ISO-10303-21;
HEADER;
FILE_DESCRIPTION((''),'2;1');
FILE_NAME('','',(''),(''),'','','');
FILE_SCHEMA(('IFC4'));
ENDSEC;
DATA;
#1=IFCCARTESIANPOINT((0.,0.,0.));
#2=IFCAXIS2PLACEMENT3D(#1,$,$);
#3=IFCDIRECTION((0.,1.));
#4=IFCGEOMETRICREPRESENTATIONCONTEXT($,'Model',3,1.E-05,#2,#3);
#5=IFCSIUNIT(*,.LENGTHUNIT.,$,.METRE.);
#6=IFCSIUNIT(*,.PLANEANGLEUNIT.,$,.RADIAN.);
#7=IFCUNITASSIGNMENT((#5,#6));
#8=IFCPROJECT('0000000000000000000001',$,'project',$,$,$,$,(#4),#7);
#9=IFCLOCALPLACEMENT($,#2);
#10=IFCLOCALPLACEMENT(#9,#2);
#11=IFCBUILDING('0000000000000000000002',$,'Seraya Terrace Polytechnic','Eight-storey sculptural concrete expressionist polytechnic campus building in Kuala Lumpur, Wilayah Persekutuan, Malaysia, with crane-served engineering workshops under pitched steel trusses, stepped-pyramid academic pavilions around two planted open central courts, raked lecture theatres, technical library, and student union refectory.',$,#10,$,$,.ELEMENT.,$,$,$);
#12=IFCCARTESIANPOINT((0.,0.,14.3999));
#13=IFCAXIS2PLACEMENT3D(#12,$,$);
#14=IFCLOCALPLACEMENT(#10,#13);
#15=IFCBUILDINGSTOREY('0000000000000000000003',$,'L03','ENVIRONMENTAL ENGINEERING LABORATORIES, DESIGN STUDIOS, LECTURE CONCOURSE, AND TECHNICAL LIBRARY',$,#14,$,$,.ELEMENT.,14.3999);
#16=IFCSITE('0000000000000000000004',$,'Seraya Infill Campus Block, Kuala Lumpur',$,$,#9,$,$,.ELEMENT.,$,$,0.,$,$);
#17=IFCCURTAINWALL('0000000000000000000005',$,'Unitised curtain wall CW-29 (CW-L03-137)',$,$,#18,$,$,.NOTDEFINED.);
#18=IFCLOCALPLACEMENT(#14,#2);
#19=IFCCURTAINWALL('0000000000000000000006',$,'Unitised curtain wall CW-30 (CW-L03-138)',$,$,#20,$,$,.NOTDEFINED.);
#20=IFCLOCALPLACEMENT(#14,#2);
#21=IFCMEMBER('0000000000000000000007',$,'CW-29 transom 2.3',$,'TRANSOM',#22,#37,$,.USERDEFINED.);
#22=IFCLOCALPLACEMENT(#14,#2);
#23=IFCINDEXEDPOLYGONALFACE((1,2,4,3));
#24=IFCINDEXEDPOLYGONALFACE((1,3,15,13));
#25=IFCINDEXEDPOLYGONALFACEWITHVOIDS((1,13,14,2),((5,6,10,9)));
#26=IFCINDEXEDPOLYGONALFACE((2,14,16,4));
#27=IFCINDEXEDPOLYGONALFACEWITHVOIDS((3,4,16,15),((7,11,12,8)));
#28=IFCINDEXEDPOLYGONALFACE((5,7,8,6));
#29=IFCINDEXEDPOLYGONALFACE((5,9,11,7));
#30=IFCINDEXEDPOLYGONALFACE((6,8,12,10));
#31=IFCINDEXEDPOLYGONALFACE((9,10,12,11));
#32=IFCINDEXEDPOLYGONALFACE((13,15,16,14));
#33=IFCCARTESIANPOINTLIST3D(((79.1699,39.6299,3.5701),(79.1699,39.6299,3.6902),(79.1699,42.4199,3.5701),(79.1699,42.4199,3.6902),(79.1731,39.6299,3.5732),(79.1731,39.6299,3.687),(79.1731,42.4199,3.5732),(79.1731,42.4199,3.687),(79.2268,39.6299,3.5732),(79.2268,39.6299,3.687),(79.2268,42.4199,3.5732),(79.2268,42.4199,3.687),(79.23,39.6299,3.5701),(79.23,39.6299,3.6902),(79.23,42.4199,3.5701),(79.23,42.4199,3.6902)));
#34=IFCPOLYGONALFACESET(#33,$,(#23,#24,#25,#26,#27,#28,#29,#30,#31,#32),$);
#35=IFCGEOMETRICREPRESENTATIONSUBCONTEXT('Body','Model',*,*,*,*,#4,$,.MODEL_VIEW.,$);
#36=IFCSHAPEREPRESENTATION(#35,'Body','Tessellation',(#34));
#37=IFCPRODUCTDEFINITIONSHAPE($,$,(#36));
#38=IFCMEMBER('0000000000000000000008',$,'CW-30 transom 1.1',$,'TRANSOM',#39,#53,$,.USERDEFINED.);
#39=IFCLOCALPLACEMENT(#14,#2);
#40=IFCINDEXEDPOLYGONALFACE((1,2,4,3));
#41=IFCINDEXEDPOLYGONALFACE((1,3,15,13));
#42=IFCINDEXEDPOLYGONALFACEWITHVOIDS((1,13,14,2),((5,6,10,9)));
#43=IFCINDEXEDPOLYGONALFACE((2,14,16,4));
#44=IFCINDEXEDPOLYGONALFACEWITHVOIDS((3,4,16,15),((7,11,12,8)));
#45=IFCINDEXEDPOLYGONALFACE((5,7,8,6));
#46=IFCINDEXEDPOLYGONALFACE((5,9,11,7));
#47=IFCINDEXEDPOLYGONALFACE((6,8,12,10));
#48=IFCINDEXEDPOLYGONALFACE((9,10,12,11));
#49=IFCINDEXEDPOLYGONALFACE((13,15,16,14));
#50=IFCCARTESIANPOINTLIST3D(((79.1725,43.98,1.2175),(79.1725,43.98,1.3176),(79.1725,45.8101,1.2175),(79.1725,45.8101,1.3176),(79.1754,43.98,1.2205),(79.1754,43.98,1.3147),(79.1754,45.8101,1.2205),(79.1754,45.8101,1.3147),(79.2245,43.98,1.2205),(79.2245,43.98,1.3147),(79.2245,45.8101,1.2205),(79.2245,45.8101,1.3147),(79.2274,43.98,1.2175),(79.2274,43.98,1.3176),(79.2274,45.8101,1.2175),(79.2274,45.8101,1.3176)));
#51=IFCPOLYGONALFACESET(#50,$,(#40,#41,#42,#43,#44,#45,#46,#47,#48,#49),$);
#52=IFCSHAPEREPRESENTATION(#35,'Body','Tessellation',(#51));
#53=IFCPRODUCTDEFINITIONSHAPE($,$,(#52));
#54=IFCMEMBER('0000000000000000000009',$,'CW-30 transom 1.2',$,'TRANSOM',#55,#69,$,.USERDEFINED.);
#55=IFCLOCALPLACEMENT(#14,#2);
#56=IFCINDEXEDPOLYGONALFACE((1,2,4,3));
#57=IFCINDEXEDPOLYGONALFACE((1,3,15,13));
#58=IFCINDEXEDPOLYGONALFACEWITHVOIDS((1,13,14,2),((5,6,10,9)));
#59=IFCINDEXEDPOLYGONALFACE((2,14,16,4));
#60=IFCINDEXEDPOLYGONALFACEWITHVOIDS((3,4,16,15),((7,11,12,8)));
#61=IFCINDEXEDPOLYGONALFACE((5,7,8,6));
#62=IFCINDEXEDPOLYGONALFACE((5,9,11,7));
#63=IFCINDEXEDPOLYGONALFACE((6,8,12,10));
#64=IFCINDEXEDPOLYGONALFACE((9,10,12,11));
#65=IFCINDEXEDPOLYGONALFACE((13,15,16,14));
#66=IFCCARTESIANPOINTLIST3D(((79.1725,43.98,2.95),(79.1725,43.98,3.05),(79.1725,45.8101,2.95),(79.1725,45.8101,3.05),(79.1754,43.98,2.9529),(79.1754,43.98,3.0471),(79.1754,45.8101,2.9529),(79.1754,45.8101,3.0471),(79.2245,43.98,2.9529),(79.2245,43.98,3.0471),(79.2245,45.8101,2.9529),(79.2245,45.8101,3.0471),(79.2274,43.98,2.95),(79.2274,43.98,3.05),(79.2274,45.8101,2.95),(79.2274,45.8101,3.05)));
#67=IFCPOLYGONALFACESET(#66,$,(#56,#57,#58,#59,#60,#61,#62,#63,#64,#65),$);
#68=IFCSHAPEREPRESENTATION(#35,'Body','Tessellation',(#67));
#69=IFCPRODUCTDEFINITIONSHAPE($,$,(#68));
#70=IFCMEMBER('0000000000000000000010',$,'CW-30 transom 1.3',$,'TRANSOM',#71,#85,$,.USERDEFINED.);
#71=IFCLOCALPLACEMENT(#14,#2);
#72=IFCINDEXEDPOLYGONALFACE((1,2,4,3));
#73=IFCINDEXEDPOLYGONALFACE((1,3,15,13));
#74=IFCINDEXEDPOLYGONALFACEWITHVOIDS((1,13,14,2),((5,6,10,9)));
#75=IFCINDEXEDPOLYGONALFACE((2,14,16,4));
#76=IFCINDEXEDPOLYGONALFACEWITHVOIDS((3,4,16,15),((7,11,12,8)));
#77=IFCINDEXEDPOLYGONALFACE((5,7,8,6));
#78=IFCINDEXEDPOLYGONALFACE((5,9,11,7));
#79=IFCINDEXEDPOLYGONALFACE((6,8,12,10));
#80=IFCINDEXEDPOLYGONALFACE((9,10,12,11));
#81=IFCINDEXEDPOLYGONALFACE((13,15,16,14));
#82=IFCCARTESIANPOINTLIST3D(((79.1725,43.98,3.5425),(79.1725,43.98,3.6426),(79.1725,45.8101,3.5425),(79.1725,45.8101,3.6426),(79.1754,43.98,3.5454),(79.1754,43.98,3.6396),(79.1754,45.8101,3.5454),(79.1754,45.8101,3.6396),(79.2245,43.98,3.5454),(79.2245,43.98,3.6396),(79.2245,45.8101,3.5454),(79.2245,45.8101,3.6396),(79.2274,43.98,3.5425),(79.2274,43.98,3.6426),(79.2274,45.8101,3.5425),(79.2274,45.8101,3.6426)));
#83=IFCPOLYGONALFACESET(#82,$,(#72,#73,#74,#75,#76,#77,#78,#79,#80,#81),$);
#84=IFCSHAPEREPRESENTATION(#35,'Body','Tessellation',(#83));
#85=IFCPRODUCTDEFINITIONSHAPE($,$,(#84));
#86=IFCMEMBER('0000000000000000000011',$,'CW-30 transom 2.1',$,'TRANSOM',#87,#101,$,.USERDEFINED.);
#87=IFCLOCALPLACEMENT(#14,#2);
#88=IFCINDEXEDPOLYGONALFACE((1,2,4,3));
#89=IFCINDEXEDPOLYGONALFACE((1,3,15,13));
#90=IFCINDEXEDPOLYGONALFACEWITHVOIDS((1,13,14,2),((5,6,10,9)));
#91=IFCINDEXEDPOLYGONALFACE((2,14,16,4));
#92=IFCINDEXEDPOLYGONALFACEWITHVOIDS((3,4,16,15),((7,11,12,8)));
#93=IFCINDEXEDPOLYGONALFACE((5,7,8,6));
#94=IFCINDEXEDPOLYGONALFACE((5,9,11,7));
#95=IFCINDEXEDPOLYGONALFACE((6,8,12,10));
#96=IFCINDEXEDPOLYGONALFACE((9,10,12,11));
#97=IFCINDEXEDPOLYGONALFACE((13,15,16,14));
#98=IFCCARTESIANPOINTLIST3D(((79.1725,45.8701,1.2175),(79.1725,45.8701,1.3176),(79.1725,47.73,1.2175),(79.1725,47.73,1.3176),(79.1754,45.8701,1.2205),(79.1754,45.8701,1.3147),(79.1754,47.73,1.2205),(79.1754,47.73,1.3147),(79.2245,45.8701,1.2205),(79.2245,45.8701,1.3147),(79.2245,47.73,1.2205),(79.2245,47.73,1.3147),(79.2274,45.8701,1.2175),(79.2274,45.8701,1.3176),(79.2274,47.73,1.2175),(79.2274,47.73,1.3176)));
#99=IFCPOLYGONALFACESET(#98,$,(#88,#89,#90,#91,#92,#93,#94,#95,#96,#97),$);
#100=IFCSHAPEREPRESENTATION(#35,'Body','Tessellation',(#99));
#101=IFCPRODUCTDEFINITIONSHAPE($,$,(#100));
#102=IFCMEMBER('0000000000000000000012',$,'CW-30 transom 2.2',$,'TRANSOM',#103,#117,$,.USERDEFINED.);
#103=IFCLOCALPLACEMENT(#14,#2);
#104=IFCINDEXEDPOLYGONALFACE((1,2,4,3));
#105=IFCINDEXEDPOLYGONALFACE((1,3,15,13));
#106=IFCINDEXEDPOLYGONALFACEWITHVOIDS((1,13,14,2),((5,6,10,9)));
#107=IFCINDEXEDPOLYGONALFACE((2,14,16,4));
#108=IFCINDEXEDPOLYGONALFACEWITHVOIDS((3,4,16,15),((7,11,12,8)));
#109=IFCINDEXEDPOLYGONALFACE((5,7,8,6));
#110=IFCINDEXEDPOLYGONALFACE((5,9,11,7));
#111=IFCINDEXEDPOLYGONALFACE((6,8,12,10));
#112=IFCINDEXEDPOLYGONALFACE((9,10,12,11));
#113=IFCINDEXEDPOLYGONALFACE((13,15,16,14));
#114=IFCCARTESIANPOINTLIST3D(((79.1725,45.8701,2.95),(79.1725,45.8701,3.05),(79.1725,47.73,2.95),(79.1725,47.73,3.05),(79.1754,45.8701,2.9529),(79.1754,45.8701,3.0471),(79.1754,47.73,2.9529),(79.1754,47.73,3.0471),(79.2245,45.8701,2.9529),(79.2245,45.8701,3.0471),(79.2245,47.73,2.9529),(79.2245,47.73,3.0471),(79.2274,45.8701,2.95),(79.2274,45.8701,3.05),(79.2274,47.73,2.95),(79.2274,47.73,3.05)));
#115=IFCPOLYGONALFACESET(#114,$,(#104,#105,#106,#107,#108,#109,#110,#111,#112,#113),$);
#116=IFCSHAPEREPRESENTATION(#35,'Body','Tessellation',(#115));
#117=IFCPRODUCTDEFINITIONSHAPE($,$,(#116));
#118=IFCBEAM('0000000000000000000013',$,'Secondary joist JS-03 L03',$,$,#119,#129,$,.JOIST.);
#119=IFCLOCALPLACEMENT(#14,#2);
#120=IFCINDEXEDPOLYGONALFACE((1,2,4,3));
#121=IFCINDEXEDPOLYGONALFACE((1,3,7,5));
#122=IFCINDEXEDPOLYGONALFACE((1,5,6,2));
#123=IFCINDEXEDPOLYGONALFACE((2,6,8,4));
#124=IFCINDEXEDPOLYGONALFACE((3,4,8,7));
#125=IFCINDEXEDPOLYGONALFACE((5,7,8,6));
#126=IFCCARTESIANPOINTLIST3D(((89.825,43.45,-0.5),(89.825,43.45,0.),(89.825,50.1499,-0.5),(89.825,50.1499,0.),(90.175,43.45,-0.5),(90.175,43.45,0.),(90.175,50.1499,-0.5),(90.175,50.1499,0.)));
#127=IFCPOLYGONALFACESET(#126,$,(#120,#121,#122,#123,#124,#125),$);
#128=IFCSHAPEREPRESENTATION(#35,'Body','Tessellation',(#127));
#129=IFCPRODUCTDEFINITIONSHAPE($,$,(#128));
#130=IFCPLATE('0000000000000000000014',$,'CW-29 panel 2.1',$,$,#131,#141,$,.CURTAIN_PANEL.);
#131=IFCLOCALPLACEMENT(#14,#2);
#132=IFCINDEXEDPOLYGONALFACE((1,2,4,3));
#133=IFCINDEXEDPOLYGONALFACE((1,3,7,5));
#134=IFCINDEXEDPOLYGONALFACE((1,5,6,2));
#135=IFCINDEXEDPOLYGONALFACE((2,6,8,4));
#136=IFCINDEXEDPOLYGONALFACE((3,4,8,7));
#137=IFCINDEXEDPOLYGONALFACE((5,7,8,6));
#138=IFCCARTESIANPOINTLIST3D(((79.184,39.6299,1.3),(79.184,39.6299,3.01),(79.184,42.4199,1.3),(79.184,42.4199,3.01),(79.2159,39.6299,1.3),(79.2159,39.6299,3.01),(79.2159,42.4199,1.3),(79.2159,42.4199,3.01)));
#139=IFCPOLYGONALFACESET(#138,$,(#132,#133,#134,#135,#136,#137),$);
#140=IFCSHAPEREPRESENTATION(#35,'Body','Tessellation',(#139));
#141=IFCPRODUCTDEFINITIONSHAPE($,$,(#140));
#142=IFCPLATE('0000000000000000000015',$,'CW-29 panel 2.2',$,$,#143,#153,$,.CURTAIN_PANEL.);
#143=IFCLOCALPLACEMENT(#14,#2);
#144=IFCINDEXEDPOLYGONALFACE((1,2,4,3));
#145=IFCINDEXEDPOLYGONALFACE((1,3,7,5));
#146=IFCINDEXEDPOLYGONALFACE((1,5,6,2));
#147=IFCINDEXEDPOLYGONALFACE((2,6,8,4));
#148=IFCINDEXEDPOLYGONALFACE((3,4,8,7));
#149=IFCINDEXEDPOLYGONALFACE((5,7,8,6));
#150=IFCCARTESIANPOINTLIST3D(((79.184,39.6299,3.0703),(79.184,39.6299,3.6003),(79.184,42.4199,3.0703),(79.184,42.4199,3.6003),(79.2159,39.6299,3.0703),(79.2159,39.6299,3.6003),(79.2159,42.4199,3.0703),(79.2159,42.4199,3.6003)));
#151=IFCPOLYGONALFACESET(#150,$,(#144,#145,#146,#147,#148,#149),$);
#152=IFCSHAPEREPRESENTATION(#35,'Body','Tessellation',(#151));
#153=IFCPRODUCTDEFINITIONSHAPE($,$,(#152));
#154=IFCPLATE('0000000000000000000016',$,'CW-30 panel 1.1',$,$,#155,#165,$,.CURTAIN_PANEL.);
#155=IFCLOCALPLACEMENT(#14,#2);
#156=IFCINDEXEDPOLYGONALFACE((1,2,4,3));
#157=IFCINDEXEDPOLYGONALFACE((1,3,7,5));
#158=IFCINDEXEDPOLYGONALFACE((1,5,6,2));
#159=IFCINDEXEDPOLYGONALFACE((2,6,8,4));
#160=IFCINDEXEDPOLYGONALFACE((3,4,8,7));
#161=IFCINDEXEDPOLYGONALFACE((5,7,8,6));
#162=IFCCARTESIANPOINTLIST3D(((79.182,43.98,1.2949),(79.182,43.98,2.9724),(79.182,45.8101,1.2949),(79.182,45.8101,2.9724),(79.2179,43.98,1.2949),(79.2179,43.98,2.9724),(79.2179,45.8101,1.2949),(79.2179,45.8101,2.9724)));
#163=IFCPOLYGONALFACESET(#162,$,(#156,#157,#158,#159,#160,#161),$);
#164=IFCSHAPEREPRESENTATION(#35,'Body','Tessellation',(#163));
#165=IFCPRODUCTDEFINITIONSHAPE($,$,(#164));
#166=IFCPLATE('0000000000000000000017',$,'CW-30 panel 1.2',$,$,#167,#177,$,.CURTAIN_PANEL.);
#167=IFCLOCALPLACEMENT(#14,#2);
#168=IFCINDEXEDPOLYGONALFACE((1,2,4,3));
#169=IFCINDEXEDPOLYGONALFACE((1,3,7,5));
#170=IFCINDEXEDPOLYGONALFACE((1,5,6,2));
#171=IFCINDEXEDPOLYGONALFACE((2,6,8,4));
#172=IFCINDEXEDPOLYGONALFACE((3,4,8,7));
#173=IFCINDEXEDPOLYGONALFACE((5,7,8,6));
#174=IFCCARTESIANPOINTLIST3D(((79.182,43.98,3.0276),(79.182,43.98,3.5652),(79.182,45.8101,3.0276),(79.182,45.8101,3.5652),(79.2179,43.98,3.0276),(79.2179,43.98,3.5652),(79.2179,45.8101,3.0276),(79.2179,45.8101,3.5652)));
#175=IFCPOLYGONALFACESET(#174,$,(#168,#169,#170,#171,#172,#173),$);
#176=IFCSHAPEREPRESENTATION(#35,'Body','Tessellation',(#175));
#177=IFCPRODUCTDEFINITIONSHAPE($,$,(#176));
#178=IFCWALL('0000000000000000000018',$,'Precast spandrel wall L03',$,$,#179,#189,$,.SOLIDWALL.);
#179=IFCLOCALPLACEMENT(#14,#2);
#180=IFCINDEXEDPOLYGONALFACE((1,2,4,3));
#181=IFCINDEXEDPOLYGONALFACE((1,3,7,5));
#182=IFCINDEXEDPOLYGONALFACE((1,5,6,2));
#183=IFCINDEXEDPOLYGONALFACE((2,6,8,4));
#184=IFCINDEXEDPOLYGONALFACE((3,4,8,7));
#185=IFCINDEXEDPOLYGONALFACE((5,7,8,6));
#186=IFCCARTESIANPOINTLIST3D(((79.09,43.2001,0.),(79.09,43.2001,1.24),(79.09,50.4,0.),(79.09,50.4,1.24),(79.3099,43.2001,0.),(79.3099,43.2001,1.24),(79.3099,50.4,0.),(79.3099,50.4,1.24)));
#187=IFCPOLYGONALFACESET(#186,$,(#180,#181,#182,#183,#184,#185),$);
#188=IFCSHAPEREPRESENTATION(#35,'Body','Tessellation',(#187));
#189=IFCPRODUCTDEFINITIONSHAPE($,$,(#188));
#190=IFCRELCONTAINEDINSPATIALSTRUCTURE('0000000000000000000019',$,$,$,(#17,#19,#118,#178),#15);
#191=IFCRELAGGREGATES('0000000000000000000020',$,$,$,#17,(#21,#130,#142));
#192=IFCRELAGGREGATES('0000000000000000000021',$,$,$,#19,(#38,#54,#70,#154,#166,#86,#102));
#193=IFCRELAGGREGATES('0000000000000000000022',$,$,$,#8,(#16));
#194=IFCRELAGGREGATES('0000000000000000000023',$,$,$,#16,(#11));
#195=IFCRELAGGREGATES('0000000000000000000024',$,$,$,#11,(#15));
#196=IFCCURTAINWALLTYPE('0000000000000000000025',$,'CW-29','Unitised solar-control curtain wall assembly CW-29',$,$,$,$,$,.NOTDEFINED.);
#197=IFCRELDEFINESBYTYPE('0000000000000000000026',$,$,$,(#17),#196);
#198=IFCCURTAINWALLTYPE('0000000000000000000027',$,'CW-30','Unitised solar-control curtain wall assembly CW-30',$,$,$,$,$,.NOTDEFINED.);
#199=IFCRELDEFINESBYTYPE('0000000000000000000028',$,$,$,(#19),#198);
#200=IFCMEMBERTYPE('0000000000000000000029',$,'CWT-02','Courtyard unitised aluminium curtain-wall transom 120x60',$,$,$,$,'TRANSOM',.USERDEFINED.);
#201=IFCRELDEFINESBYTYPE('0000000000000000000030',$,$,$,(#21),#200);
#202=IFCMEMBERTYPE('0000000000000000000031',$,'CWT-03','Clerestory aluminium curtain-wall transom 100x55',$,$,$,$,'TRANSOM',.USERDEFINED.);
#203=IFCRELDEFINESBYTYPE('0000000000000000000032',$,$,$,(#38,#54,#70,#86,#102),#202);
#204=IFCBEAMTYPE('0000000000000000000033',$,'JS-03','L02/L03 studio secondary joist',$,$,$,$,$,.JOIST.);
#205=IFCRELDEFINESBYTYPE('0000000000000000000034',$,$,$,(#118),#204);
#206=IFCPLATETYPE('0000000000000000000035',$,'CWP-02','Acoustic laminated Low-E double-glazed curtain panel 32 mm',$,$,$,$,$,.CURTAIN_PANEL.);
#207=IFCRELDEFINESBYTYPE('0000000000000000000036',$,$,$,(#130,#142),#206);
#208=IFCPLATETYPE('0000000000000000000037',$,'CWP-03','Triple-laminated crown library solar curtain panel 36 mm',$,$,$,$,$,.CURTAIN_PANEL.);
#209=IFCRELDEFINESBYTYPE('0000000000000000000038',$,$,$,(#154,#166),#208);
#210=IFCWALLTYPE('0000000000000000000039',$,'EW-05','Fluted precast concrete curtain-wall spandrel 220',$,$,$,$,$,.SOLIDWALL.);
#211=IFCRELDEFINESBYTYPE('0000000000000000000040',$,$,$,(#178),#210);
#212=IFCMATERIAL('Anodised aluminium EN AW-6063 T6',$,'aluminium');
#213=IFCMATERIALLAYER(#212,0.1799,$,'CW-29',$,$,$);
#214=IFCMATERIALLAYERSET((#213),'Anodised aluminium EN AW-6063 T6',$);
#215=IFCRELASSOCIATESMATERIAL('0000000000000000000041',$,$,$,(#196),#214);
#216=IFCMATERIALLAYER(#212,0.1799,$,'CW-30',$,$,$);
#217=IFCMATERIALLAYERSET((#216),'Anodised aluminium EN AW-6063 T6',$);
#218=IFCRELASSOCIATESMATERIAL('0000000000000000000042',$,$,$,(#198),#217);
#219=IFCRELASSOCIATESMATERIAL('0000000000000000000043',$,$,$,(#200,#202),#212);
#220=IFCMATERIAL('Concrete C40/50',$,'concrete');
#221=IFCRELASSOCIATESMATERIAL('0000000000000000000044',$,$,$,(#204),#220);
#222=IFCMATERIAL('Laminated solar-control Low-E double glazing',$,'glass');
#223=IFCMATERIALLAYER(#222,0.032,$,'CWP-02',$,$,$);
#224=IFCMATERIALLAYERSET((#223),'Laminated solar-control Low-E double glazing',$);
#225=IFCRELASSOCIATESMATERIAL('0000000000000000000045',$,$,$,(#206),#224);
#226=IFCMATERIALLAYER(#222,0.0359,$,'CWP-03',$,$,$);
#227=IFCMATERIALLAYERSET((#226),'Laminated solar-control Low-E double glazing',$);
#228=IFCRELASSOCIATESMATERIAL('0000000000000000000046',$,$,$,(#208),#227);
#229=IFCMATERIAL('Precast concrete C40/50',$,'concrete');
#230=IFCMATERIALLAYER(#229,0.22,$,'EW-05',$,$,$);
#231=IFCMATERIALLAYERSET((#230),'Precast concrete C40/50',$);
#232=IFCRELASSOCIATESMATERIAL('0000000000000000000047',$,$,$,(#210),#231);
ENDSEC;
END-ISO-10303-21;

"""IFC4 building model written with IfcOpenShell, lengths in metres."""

from ifc_helpers import new_model, si_unit, direction, frame, frame_2d, origin, origin_2d, place, context, subcontext, project, spatial, rectangle, hollow_rectangle, extrude, material, layer, layer_set, material_profile, profile_set, type_object, element, aggregate, save


model = new_model("IFC4")

# Units and contexts
model_context = context("Model", 3, precision=1e-05, world=origin(), true_north=direction((0.0, 1.0)))
body_context = subcontext(model_context, "Body", "Model", "MODEL_VIEW")
ifc_project = project(units=[si_unit("LENGTHUNIT", "METRE"), si_unit("PLANEANGLEUNIT", "RADIAN")], contexts=[model_context])

# Site, building, storey
site_placement = place(None, origin())
site = spatial("IfcSite", under=ifc_project, at=site_placement, Name="Seraya Infill Campus Block, Kuala Lumpur", CompositionType="ELEMENT", RefElevation=0.0)
building_placement = place(site_placement, origin())
building = spatial("IfcBuilding", under=site, at=building_placement, Name="Seraya Terrace Polytechnic", Description="Eight-storey sculptural concrete expressionist polytechnic campus building in Kuala Lumpur, Wilayah Persekutuan, Malaysia, with crane-served engineering workshops under pitched steel trusses, stepped-pyramid academic pavilions around two planted open central courts, raked lecture theatres, technical library, and student union refectory.", CompositionType="ELEMENT")
storey_placement = place(building_placement, frame((0.0, 0.0, 14.3999)))
storey = spatial("IfcBuildingStorey", under=building, at=storey_placement, Name="L03", Description="ENVIRONMENTAL ENGINEERING LABORATORIES, DESIGN STUDIOS, LECTURE CONCOURSE, AND TECHNICAL LIBRARY", CompositionType="ELEMENT", Elevation=14.3999)

# Shared definitions
ifc_material_1 = material(Name="Concrete C40/50", Category="concrete")

# Curtain wall
ifc_material_2 = material(Name="Anodised aluminium EN AW-6063 T6", Category="aluminium")
ifc_layer_1 = layer(ifc_material_2, 0.1799, Name="CW-29")
ifc_layer_set_1 = layer_set([ifc_layer_1], Name="Anodised aluminium EN AW-6063 T6")
curtain_wall_type_1 = type_object("IfcCurtainWallType", Name="CW-29", Description="Unitised solar-control curtain wall assembly CW-29", PredefinedType="NOTDEFINED", material=ifc_layer_set_1)
curtain_wall_1_placement = place(storey_placement, origin())
curtain_wall_1 = element("IfcCurtainWall", 1, at=curtain_wall_1_placement, inside=storey, type_object=curtain_wall_type_1, Name="Unitised curtain wall CW-29 (CW-L03-137)", PredefinedType="NOTDEFINED")

# Curtain wall
ifc_layer_2 = layer(ifc_material_2, 0.1799, Name="CW-30")
ifc_layer_set_2 = layer_set([ifc_layer_2], Name="Anodised aluminium EN AW-6063 T6")
curtain_wall_type_2 = type_object("IfcCurtainWallType", Name="CW-30", Description="Unitised solar-control curtain wall assembly CW-30", PredefinedType="NOTDEFINED", material=ifc_layer_set_2)
curtain_wall_2_placement = place(storey_placement, origin())
curtain_wall_2 = element("IfcCurtainWall", 2, at=curtain_wall_2_placement, inside=storey, type_object=curtain_wall_type_2, Name="Unitised curtain wall CW-30 (CW-L03-138)", PredefinedType="NOTDEFINED")

# Members
ifc_material_profile_1 = material_profile(ifc_material_2, hollow_rectangle(XDim=0.0601, YDim=0.1201, WallThickness=0.0032, at=origin_2d()), Name="RHS 120x60x3.2")
ifc_profile_set_1 = profile_set([ifc_material_profile_1], Name="Anodised aluminium EN AW-6063 T6")
member_type_1 = type_object("IfcMemberType", Name="CWT-02", Description="Courtyard unitised aluminium curtain-wall transom 120x60", ElementType="TRANSOM", PredefinedType="USERDEFINED", material=ifc_profile_set_1)
member_1_placement = place(storey_placement, frame((79.2, 39.6299, 3.6301), z_axis=(0.0, 1.0, 0.0), x_axis=(-1.0, 0.0, 0.0)))
member_1 = element("IfcMember", 3, at=member_1_placement, type_object=member_type_1, Name="CW-29 transom 2.3", ObjectType="TRANSOM", PredefinedType="USERDEFINED", context=body_context, shape_type="SweptSolid", body=[
    extrude(hollow_rectangle(XDim=0.0601, YDim=0.1201, WallThickness=0.0032, at=origin_2d()), origin(), (0.0, 0.0, 1.0), 2.79),
])
ifc_material_profile_2 = material_profile(ifc_material_2, hollow_rectangle(XDim=0.0549, YDim=0.1001, WallThickness=0.0029, at=origin_2d()), Name="RHS 100x55x3.0")
ifc_profile_set_2 = profile_set([ifc_material_profile_2], Name="Anodised aluminium EN AW-6063 T6")
member_type_2 = type_object("IfcMemberType", Name="CWT-03", Description="Clerestory aluminium curtain-wall transom 100x55", ElementType="TRANSOM", PredefinedType="USERDEFINED", material=ifc_profile_set_2)
member_2_placement = place(storey_placement, frame((79.2, 43.98, 1.2676), z_axis=(0.0, 1.0, 0.0), x_axis=(-1.0, 0.0, 0.0)))
member_2 = element("IfcMember", 4, at=member_2_placement, type_object=member_type_2, Name="CW-30 transom 1.1", ObjectType="TRANSOM", PredefinedType="USERDEFINED", context=body_context, shape_type="SweptSolid", body=[
    extrude(hollow_rectangle(XDim=0.0549, YDim=0.1001, WallThickness=0.0029, at=origin_2d()), origin(), (0.0, 0.0, 1.0), 1.8301),
])
member_3_placement = place(storey_placement, frame((79.2, 43.98, 3.0), z_axis=(0.0, 1.0, 0.0), x_axis=(-1.0, 0.0, 0.0)))
member_3 = element("IfcMember", 5, at=member_3_placement, type_object=member_type_2, Name="CW-30 transom 1.2", ObjectType="TRANSOM", PredefinedType="USERDEFINED", context=body_context, shape_type="SweptSolid", body=[
    extrude(hollow_rectangle(XDim=0.0549, YDim=0.1001, WallThickness=0.0029, at=origin_2d()), origin(), (0.0, 0.0, 1.0), 1.8301),
])
member_4_placement = place(storey_placement, frame((79.2, 43.98, 3.5925), z_axis=(0.0, 1.0, 0.0), x_axis=(-1.0, 0.0, 0.0)))
member_4 = element("IfcMember", 6, at=member_4_placement, type_object=member_type_2, Name="CW-30 transom 1.3", ObjectType="TRANSOM", PredefinedType="USERDEFINED", context=body_context, shape_type="SweptSolid", body=[
    extrude(hollow_rectangle(XDim=0.0549, YDim=0.1001, WallThickness=0.0029, at=origin_2d()), origin(), (0.0, 0.0, 1.0), 1.8301),
])
member_5_placement = place(storey_placement, frame((79.2, 45.8701, 1.2676), z_axis=(0.0, 1.0, 0.0), x_axis=(-1.0, 0.0, 0.0)))
member_5 = element("IfcMember", 7, at=member_5_placement, type_object=member_type_2, Name="CW-30 transom 2.1", ObjectType="TRANSOM", PredefinedType="USERDEFINED", context=body_context, shape_type="SweptSolid", body=[
    extrude(hollow_rectangle(XDim=0.0549, YDim=0.1001, WallThickness=0.0029, at=origin_2d()), origin(), (0.0, 0.0, 1.0), 1.8599),
])
member_6_placement = place(storey_placement, frame((79.2, 45.8701, 3.0), z_axis=(0.0, 1.0, 0.0), x_axis=(-1.0, 0.0, 0.0)))
member_6 = element("IfcMember", 8, at=member_6_placement, type_object=member_type_2, Name="CW-30 transom 2.2", ObjectType="TRANSOM", PredefinedType="USERDEFINED", context=body_context, shape_type="SweptSolid", body=[
    extrude(hollow_rectangle(XDim=0.0549, YDim=0.1001, WallThickness=0.0029, at=origin_2d()), origin(), (0.0, 0.0, 1.0), 1.8599),
])

# Beam
ifc_material_profile_3 = material_profile(ifc_material_1, rectangle(XDim=0.3501, YDim=0.5, at=origin_2d()), Name="RC 350x500")
ifc_profile_set_3 = profile_set([ifc_material_profile_3], Name="Concrete C40/50")
beam_type_1 = type_object("IfcBeamType", Name="JS-03", Description="L02/L03 studio secondary joist", PredefinedType="JOIST", material=ifc_profile_set_3)
beam_1_placement = place(storey_placement, frame((90.0, 43.45, -0.25), z_axis=(0.0, 1.0, 0.0), x_axis=(-1.0, 0.0, 0.0)))
element("IfcBeam", 9, at=beam_1_placement, inside=storey, type_object=beam_type_1, Name="Secondary joist JS-03 L03", PredefinedType="JOIST", context=body_context, shape_type="SweptSolid", body=[
    extrude(rectangle(XDim=0.3501, YDim=0.5, at=origin_2d()), origin(), (0.0, 0.0, 1.0), 6.7),
])

# Plates
ifc_material_3 = material(Name="Laminated solar-control Low-E double glazing", Category="glass")
ifc_layer_3 = layer(ifc_material_3, 0.032, Name="CWP-02")
ifc_layer_set_3 = layer_set([ifc_layer_3], Name="Laminated solar-control Low-E double glazing")
plate_type_1 = type_object("IfcPlateType", Name="CWP-02", Description="Acoustic laminated Low-E double-glazed curtain panel 32 mm", PredefinedType="CURTAIN_PANEL", material=ifc_layer_set_3)
plate_1_placement = place(storey_placement, frame((79.2, 41.0249, 1.3), z_axis=(0.0, 0.0, 1.0), x_axis=(0.0, 1.0, 0.0)))
plate_1 = element("IfcPlate", 10, at=plate_1_placement, type_object=plate_type_1, Name="CW-29 panel 2.1", PredefinedType="CURTAIN_PANEL", context=body_context, shape_type="SweptSolid", body=[
    extrude(rectangle(XDim=2.79, YDim=0.032, at=origin_2d()), origin(), (0.0, 0.0, 1.0), 1.71),
])
plate_2_placement = place(storey_placement, frame((79.2, 41.0249, 3.0703), z_axis=(0.0, 0.0, 1.0), x_axis=(0.0, 1.0, 0.0)))
plate_2 = element("IfcPlate", 11, at=plate_2_placement, type_object=plate_type_1, Name="CW-29 panel 2.2", PredefinedType="CURTAIN_PANEL", context=body_context, shape_type="SweptSolid", body=[
    extrude(rectangle(XDim=2.79, YDim=0.032, at=origin_2d()), origin(), (0.0, 0.0, 1.0), 0.53),
])
aggregate(curtain_wall_1, [member_1, plate_1, plate_2])
ifc_layer_4 = layer(ifc_material_3, 0.0359, Name="CWP-03")
ifc_layer_set_4 = layer_set([ifc_layer_4], Name="Laminated solar-control Low-E double glazing")
plate_type_2 = type_object("IfcPlateType", Name="CWP-03", Description="Triple-laminated crown library solar curtain panel 36 mm", PredefinedType="CURTAIN_PANEL", material=ifc_layer_set_4)
plate_3_placement = place(storey_placement, frame((79.2, 44.895, 1.2949), z_axis=(0.0, 0.0, 1.0), x_axis=(0.0, 1.0, 0.0)))
plate_3 = element("IfcPlate", 12, at=plate_3_placement, type_object=plate_type_2, Name="CW-30 panel 1.1", PredefinedType="CURTAIN_PANEL", context=body_context, shape_type="SweptSolid", body=[
    extrude(rectangle(XDim=1.8301, YDim=0.0359, at=origin_2d()), origin(), (0.0, 0.0, 1.0), 1.6775),
])
plate_4_placement = place(storey_placement, frame((79.2, 44.895, 3.0276), z_axis=(0.0, 0.0, 1.0), x_axis=(0.0, 1.0, 0.0)))
plate_4 = element("IfcPlate", 13, at=plate_4_placement, type_object=plate_type_2, Name="CW-30 panel 1.2", PredefinedType="CURTAIN_PANEL", context=body_context, shape_type="SweptSolid", body=[
    extrude(rectangle(XDim=1.8301, YDim=0.0359, at=origin_2d()), origin(), (0.0, 0.0, 1.0), 0.5376),
])
aggregate(curtain_wall_2, [member_2, member_3, member_4, plate_3, plate_4, member_5, member_6])

# Wall
ifc_material_4 = material(Name="Precast concrete C40/50", Category="concrete")
ifc_layer_5 = layer(ifc_material_4, 0.22, Name="EW-05")
ifc_layer_set_5 = layer_set([ifc_layer_5], Name="Precast concrete C40/50")
wall_type_1 = type_object("IfcWallType", Name="EW-05", Description="Fluted precast concrete curtain-wall spandrel 220", PredefinedType="SOLIDWALL", material=ifc_layer_set_5)
wall_1_placement = place(storey_placement, frame((79.2, 43.2, 0.0), z_axis=(0.0, 0.0, 1.0), x_axis=(0.0, 1.0, 0.0)))
element("IfcWall", 14, at=wall_1_placement, inside=storey, type_object=wall_type_1, Name="Precast spandrel wall L03", PredefinedType="SOLIDWALL", context=body_context, shape_type="SweptSolid", body=[
    extrude(rectangle(XDim=7.2, YDim=0.22, at=frame_2d((3.6001, 0.0))), origin(), (0.0, 0.0, 1.0), 1.24),
])

save(model, "model.ifc")
